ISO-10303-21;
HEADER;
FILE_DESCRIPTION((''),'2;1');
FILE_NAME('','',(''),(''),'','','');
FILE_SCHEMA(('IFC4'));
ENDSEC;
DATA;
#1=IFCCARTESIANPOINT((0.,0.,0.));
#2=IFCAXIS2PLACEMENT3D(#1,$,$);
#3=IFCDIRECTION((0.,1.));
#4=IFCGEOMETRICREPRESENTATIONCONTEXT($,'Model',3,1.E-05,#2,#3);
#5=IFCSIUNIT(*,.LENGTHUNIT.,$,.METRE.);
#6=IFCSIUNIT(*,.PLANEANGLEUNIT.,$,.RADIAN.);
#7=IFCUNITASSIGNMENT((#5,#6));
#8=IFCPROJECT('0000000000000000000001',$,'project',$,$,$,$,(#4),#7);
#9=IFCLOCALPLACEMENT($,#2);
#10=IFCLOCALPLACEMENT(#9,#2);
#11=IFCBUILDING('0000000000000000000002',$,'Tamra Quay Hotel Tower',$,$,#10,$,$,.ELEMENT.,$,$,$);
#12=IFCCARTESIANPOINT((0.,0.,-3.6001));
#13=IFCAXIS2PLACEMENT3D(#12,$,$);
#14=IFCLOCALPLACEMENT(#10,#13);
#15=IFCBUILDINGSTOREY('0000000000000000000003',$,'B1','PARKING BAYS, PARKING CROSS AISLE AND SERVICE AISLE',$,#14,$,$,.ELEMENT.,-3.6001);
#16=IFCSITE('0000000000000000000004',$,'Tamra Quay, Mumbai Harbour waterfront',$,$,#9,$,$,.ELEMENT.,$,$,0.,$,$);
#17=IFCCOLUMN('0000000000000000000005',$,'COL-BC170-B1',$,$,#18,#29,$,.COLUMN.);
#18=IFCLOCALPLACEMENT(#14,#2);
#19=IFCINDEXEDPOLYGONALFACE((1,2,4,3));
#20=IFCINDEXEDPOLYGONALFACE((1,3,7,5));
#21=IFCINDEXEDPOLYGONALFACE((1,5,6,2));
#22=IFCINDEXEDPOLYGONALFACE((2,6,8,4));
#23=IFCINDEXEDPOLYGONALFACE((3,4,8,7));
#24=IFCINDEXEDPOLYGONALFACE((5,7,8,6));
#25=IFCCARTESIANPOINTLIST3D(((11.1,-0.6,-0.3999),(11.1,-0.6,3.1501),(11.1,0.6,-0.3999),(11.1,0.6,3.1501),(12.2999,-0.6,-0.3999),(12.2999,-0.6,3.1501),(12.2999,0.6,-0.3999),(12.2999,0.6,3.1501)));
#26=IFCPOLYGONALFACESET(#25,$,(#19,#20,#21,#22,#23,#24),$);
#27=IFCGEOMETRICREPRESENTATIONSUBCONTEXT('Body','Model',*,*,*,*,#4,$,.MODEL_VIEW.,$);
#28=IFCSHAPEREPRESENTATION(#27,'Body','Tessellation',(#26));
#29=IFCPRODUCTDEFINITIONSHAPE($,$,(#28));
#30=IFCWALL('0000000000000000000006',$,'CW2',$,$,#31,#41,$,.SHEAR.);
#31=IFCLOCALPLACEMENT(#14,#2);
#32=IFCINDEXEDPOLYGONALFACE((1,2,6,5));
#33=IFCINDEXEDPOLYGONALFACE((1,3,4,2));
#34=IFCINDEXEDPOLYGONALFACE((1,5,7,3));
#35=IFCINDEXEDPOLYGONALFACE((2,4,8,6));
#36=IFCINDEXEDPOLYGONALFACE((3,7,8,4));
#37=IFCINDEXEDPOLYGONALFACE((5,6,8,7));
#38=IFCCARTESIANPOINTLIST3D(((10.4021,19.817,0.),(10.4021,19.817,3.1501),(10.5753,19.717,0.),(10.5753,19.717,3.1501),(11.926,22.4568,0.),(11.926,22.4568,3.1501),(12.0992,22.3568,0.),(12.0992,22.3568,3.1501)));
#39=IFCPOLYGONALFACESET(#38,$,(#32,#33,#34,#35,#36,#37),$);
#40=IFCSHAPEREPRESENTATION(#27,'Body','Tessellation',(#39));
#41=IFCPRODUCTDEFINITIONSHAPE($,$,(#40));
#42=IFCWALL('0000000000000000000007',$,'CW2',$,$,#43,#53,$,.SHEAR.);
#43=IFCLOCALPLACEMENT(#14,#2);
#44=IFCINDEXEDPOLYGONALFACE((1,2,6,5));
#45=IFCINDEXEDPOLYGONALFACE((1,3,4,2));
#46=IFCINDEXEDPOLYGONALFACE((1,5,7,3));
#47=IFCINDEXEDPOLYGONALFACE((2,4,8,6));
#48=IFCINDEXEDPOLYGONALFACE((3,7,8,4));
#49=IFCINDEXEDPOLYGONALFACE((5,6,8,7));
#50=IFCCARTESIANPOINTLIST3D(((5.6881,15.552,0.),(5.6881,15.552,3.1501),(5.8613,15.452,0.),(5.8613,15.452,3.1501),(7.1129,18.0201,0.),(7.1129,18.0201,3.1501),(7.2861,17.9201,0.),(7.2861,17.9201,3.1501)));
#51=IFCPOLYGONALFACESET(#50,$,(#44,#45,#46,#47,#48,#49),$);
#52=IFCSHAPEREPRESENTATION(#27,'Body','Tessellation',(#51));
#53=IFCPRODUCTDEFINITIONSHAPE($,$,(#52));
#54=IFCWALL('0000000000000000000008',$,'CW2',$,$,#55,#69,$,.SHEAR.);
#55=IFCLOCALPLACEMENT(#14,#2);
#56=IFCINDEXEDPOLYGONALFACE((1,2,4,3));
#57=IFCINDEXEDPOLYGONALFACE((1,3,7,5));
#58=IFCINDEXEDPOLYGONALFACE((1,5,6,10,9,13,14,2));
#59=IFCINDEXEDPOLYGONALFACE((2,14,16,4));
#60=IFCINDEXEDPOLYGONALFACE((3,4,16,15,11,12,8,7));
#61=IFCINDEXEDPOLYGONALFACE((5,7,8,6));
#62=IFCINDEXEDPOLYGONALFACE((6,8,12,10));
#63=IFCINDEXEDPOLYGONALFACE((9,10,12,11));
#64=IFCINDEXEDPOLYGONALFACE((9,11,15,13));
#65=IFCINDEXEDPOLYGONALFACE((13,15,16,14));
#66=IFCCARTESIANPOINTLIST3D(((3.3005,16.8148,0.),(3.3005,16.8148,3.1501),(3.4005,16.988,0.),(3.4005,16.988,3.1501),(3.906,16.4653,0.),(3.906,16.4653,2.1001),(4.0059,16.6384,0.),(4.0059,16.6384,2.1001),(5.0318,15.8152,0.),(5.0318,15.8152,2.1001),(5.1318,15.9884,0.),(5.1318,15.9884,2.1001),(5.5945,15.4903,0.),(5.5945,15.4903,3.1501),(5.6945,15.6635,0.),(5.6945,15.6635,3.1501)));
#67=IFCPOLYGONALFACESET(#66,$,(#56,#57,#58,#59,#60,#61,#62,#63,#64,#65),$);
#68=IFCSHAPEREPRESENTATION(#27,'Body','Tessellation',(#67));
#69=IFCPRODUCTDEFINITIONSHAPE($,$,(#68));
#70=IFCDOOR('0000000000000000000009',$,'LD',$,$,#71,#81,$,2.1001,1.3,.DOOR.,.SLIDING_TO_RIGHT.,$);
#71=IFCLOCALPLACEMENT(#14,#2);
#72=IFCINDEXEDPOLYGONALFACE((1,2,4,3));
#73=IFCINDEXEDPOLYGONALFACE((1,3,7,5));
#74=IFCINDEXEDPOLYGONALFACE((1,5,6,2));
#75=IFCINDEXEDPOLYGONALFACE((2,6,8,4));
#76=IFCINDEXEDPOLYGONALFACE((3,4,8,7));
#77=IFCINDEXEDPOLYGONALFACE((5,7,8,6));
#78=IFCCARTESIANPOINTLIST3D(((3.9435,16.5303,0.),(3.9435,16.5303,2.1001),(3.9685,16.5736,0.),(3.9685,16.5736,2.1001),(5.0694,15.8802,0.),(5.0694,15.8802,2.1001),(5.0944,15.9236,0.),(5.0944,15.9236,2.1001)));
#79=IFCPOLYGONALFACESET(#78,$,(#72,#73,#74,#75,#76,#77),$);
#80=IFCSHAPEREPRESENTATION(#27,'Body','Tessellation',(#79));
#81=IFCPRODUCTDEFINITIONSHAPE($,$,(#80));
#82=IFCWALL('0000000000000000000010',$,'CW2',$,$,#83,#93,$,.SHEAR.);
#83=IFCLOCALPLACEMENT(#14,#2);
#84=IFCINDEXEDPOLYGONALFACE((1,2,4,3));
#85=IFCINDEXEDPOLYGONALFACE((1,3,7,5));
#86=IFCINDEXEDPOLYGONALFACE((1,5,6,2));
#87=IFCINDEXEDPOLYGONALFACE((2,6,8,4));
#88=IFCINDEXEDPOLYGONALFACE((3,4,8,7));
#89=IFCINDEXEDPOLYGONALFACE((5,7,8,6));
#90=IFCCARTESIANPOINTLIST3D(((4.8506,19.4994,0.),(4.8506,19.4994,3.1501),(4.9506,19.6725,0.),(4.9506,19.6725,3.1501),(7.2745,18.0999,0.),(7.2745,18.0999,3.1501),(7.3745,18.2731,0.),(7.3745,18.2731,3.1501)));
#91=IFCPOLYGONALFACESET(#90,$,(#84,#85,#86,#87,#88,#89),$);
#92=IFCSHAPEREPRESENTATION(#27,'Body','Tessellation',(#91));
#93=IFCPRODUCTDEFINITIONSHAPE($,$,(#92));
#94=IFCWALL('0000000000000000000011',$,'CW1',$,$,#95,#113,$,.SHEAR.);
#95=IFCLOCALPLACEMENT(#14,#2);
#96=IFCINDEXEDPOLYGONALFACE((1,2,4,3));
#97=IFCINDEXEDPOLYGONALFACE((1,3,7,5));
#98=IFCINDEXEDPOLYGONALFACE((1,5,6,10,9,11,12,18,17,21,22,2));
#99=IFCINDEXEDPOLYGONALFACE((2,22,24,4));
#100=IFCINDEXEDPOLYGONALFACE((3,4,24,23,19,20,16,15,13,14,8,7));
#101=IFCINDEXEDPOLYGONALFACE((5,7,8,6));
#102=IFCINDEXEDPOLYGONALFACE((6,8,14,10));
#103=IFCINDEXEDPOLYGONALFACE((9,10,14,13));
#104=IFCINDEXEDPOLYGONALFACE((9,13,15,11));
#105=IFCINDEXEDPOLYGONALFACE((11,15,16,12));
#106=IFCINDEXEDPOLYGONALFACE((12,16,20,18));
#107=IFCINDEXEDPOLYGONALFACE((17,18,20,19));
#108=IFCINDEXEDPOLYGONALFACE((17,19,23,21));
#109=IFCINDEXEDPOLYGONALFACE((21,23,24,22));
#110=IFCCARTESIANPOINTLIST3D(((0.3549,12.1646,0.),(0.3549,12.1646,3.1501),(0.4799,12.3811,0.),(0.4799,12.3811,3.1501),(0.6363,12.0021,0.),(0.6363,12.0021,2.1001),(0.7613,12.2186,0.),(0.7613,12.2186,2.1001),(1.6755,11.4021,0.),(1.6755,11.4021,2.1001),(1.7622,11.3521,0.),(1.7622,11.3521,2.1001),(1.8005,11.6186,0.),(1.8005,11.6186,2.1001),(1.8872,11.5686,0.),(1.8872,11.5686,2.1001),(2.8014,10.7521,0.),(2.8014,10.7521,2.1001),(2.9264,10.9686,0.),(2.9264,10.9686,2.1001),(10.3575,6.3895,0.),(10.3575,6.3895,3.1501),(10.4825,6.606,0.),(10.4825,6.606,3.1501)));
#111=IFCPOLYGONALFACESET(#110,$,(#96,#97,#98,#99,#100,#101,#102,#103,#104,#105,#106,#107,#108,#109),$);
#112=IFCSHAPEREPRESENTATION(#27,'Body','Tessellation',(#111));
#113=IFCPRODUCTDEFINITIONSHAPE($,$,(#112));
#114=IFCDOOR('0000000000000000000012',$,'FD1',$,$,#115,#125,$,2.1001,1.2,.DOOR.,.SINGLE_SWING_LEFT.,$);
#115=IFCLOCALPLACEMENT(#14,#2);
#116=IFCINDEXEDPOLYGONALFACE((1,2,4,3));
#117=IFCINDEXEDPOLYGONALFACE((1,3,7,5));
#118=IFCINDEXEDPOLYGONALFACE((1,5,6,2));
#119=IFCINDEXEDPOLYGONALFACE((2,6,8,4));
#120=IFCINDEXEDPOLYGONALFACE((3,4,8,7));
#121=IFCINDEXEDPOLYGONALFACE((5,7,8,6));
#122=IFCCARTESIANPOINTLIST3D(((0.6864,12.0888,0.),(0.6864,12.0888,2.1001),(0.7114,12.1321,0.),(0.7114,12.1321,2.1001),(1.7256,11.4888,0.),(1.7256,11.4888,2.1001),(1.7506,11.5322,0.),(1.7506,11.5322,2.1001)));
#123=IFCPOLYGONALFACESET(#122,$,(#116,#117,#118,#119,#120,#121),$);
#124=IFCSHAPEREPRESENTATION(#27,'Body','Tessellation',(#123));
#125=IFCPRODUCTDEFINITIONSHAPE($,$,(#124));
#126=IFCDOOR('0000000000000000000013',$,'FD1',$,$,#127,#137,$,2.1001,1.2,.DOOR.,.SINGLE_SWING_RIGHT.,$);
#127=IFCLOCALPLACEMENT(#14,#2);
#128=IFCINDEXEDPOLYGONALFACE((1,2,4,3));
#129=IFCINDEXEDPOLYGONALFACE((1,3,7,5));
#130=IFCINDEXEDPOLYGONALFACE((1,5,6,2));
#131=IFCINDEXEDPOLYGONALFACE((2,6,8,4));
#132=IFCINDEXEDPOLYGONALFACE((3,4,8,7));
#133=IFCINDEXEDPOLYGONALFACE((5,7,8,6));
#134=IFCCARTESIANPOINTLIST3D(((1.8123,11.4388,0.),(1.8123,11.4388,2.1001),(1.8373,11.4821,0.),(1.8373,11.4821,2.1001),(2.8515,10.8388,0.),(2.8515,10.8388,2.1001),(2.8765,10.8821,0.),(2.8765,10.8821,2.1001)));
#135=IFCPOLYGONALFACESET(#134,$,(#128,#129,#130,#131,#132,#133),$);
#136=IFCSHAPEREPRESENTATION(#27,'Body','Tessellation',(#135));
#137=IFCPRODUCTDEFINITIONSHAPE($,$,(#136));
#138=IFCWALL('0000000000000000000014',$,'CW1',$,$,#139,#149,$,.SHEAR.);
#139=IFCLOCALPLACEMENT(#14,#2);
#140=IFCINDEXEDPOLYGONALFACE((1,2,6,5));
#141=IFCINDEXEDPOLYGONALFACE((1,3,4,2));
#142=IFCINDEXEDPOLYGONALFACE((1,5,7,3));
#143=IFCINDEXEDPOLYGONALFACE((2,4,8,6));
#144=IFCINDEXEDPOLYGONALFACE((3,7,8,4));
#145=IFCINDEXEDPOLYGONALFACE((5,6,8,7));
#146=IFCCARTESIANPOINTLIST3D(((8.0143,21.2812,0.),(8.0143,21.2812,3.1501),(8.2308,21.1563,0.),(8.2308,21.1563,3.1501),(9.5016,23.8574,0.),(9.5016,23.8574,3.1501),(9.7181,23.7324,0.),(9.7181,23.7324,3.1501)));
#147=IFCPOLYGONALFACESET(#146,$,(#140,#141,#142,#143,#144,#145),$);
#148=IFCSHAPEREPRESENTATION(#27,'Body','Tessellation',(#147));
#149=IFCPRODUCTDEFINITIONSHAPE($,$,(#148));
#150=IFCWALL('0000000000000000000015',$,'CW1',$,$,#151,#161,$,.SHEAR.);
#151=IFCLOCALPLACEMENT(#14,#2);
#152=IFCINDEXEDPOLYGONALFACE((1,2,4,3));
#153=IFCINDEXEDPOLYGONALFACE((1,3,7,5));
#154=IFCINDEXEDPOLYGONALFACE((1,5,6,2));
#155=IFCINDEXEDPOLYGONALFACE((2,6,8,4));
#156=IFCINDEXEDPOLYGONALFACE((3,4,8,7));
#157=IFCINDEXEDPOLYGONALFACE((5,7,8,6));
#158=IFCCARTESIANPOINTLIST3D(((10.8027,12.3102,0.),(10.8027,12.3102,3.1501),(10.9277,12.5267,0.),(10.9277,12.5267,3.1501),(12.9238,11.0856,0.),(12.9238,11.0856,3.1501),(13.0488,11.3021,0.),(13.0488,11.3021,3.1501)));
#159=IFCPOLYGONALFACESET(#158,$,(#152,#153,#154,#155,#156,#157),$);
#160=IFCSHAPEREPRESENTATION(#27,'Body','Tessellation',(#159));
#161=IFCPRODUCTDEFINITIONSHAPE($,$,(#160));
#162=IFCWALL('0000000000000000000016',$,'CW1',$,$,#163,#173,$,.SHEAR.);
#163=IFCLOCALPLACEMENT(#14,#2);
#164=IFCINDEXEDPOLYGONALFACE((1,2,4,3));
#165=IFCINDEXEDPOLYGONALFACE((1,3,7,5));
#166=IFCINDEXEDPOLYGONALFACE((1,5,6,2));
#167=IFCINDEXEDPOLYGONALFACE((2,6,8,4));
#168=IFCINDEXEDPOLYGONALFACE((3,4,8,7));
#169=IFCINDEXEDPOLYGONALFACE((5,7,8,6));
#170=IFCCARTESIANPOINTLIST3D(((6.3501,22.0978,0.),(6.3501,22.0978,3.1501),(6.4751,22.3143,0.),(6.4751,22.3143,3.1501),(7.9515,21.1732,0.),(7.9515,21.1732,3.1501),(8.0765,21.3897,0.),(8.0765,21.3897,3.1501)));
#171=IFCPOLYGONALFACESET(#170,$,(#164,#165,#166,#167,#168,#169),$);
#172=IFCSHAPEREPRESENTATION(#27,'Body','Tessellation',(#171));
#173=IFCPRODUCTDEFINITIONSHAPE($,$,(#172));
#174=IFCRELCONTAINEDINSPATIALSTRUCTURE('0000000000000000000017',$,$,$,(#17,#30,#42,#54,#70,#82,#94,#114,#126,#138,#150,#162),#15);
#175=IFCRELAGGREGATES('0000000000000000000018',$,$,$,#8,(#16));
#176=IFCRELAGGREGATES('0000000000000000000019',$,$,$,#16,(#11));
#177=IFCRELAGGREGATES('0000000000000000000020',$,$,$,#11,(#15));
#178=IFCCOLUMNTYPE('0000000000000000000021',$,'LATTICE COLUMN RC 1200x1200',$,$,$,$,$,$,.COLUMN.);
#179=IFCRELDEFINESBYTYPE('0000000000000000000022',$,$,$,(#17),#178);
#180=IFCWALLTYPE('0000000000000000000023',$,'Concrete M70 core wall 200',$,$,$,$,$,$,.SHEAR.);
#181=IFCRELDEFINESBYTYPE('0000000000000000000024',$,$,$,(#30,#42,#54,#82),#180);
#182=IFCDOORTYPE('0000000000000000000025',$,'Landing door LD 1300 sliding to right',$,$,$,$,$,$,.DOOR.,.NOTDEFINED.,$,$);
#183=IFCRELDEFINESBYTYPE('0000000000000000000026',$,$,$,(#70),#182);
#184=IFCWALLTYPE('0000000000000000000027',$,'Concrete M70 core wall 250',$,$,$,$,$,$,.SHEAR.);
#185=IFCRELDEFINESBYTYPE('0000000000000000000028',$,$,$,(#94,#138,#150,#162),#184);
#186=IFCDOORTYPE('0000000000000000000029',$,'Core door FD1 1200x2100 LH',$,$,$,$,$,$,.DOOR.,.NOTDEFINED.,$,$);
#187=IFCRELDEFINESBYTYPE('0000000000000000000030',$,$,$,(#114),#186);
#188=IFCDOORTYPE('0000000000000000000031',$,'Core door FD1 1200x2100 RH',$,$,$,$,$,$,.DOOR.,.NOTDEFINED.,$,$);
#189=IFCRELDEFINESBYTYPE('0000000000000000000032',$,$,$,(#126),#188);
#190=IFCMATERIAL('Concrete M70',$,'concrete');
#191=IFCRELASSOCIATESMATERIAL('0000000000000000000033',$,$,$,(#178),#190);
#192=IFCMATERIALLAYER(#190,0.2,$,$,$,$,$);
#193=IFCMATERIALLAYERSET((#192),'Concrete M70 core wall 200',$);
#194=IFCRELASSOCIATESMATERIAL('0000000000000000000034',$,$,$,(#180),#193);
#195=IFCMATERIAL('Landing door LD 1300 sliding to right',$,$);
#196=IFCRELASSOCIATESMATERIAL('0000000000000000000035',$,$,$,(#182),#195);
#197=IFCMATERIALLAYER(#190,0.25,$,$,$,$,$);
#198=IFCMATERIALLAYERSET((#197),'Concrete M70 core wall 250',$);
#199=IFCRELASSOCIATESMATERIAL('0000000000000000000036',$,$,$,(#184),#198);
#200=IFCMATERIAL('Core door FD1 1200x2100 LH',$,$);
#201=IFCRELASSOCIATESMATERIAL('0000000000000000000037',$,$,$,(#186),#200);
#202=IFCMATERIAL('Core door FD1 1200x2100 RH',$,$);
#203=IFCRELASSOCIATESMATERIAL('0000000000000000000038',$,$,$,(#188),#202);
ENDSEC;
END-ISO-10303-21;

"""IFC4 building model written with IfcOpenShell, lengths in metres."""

from ifc_helpers import new_model, si_unit, direction, frame, frame_2d, origin, origin_2d, place, context, subcontext, project, spatial, rectangle, extrude, material, layer, layer_set, material_profile, profile_set, type_object, element, fill, save


model = new_model("IFC4")

# Units and contexts
model_context = context("Model", 3, precision=1e-05, world=origin(), true_north=direction((0.0, 1.0)))
body_context = subcontext(model_context, "Body", "Model", "MODEL_VIEW")
ifc_project = project(units=[si_unit("LENGTHUNIT", "METRE"), si_unit("PLANEANGLEUNIT", "RADIAN")], contexts=[model_context])

# Site, building, storey
site_placement = place(None, origin())
site = spatial("IfcSite", under=ifc_project, at=site_placement, Name="Tamra Quay, Mumbai Harbour waterfront", CompositionType="ELEMENT", RefElevation=0.0)
building_placement = place(site_placement, origin())
building = spatial("IfcBuilding", under=site, at=building_placement, Name="Tamra Quay Hotel Tower", CompositionType="ELEMENT")
storey_placement = place(building_placement, frame((0.0, 0.0, -3.6001)))
storey = spatial("IfcBuildingStorey", under=building, at=storey_placement, Name="B1", Description="PARKING BAYS, PARKING CROSS AISLE AND SERVICE AISLE", CompositionType="ELEMENT", Elevation=-3.6001)

# Column
ifc_material_1 = material(Name="Concrete M70", Category="concrete")
ifc_material_profile = material_profile(ifc_material_1, rectangle(XDim=1.2, YDim=1.2, at=origin_2d()), Name="LATTICE COLUMN RC 1200x1200")
ifc_profile_set = profile_set([ifc_material_profile], Name="Concrete M70")
column_type = type_object("IfcColumnType", Name="LATTICE COLUMN RC 1200x1200", PredefinedType="COLUMN", material=ifc_profile_set)
column_placement = place(storey_placement, frame((11.7, 0.0, -0.3999), z_axis=(0.0, 0.0, 1.0), x_axis=(1.0, 0.0, 0.0)))
element("IfcColumn", 1, at=column_placement, inside=storey, type_object=column_type, Name="COL-BC170-B1", PredefinedType="COLUMN", context=body_context, shape_type="SweptSolid", body=[
    extrude(rectangle(XDim=1.2, YDim=1.2, at=origin_2d()), origin(), (0.0, 0.0, 1.0), 3.55),
])

# Walls
ifc_layer_1 = layer(ifc_material_1, 0.2)
ifc_layer_set_1 = layer_set([ifc_layer_1], Name="Concrete M70 core wall 200")
wall_type_1 = type_object("IfcWallType", Name="Concrete M70 core wall 200", PredefinedType="SHEAR", material=ifc_layer_set_1)
wall_1_placement = place(storey_placement, frame((10.4888, 19.7671, 0.0), z_axis=(0.0, 0.0, 1.0), x_axis=(0.499947, 0.866056, 0.0)))
element("IfcWall", 2, at=wall_1_placement, inside=storey, type_object=wall_type_1, Name="CW2", PredefinedType="SHEAR", context=body_context, shape_type="SweptSolid", body=[
    extrude(rectangle(XDim=3.0481, YDim=0.2, at=frame_2d((1.5239, 0.0))), origin(), (0.0, 0.0, 1.0), 3.1501),
])
wall_2_placement = place(storey_placement, frame((7.1995, 17.97, 0.0), z_axis=(0.0, 0.0, 1.0), x_axis=(-0.499972, -0.866041, 0.0)))
element("IfcWall", 3, at=wall_2_placement, inside=storey, type_object=wall_type_1, Name="CW2", PredefinedType="SHEAR", context=body_context, shape_type="SweptSolid", body=[
    extrude(rectangle(XDim=2.8499, YDim=0.2, at=frame_2d((1.4248, 0.0))), origin(), (0.0, 0.0, 1.0), 3.1501),
])

# Wall, opening, door
wall_3_placement = place(storey_placement, frame((5.6445, 15.5769, 0.0), z_axis=(0.0, 0.0, 1.0), x_axis=(-0.866017, 0.500015, 0.0)))
wall_3 = element("IfcWall", 4, at=wall_3_placement, inside=storey, type_object=wall_type_1, Name="CW2", PredefinedType="SHEAR", context=body_context, shape_type="SweptSolid", body=[
    extrude(rectangle(XDim=2.6489, YDim=0.2, at=frame_2d((1.3245, 0.0))), origin(), (0.0, 0.0, 1.0), 3.1501),
])
opening_1_placement = place(wall_3_placement, frame((0.6499, 0.0, 0.0)))
opening_1 = element("IfcOpeningElement", 5, at=opening_1_placement, cuts=wall_3, PredefinedType="OPENING", context=body_context, shape_type="SweptSolid", body=[
    extrude(rectangle(XDim=1.3, YDim=2.1001, at=frame_2d((0.6499, 1.05))), frame((0.0, 0.1099, 0.0), z_axis=(0.0, -1.0, 0.0), x_axis=(1.0, 0.0, 0.0)), (0.0, 0.0, 1.0), 0.22),
])
ifc_material_2 = material(Name="Landing door LD 1300 sliding to right")
door_type_1 = type_object("IfcDoorType", Name="Landing door LD 1300 sliding to right", OperationType="NOTDEFINED", PredefinedType="DOOR", material=ifc_material_2)
door_1_placement = place(opening_1_placement, origin())
door_1 = element("IfcDoor", 6, at=door_1_placement, inside=storey, type_object=door_type_1, Name="LD", OperationType="SLIDING_TO_RIGHT", OverallHeight=2.1001, OverallWidth=1.3, PredefinedType="DOOR", context=body_context, shape_type="SweptSolid", body=[
    extrude(rectangle(XDim=1.3, YDim=2.1001, at=frame_2d((0.6499, 1.05))), frame((0.0, 0.0249, 0.0), z_axis=(0.0, -1.0, 0.0), x_axis=(1.0, 0.0, 0.0)), (0.0, 0.0, 1.0), 0.05),
])
fill(opening_1, door_1)

# Wall
wall_4_placement = place(storey_placement, frame((4.9006, 19.5859, 0.0), z_axis=(0.0, 0.0, 1.0), x_axis=(0.866023, -0.500004, 0.0)))
element("IfcWall", 7, at=wall_4_placement, inside=storey, type_object=wall_type_1, Name="CW2", PredefinedType="SHEAR", context=body_context, shape_type="SweptSolid", body=[
    extrude(rectangle(XDim=2.7988, YDim=0.2, at=frame_2d((1.3994, 0.0))), origin(), (0.0, 0.0, 1.0), 3.1501),
])

# Wall, openings, doors
ifc_layer_2 = layer(ifc_material_1, 0.25)
ifc_layer_set_2 = layer_set([ifc_layer_2], Name="Concrete M70 core wall 250")
wall_type_2 = type_object("IfcWallType", Name="Concrete M70 core wall 250", PredefinedType="SHEAR", material=ifc_layer_set_2)
wall_5_placement = place(storey_placement, frame((10.4199, 6.4978, 0.0), z_axis=(0.0, 0.0, 1.0), x_axis=(-0.866022, 0.500006, 0.0)))
wall_5 = element("IfcWall", 8, at=wall_5_placement, inside=storey, type_object=wall_type_2, Name="CW1", PredefinedType="SHEAR", context=body_context, shape_type="SweptSolid", body=[
    extrude(rectangle(XDim=11.55, YDim=0.25, at=frame_2d((5.7749, 0.0))), origin(), (0.0, 0.0, 1.0), 3.1501),
])
opening_2_placement = place(wall_5_placement, frame((10.0249, 0.0, 0.0)))
opening_2 = element("IfcOpeningElement", 9, at=opening_2_placement, cuts=wall_5, PredefinedType="OPENING", context=body_context, shape_type="SweptSolid", body=[
    extrude(rectangle(XDim=1.2, YDim=2.1001, at=frame_2d((0.6001, 1.05))), frame((0.0, 0.135, 0.0), z_axis=(0.0, -1.0, 0.0), x_axis=(1.0, 0.0, 0.0)), (0.0, 0.0, 1.0), 0.27),
])
opening_3_placement = place(wall_5_placement, frame((8.7249, 0.0, 0.0)))
opening_3 = element("IfcOpeningElement", 10, at=opening_3_placement, cuts=wall_5, PredefinedType="OPENING", context=body_context, shape_type="SweptSolid", body=[
    extrude(rectangle(XDim=1.2, YDim=2.1001, at=frame_2d((0.6001, 1.05))), frame((0.0, 0.135, 0.0), z_axis=(0.0, -1.0, 0.0), x_axis=(1.0, 0.0, 0.0)), (0.0, 0.0, 1.0), 0.27),
])
ifc_material_3 = material(Name="Core door FD1 1200x2100 LH")
door_type_2 = type_object("IfcDoorType", Name="Core door FD1 1200x2100 LH", OperationType="NOTDEFINED", PredefinedType="DOOR", material=ifc_material_3)
door_2_placement = place(opening_2_placement, origin())
door_2 = element("IfcDoor", 11, at=door_2_placement, inside=storey, type_object=door_type_2, Name="FD1", OperationType="SINGLE_SWING_LEFT", OverallHeight=2.1001, OverallWidth=1.2, PredefinedType="DOOR", context=body_context, shape_type="SweptSolid", body=[
    extrude(rectangle(XDim=1.2, YDim=2.1001, at=frame_2d((0.6001, 1.05))), frame((0.0, 0.0249, 0.0), z_axis=(0.0, -1.0, 0.0), x_axis=(1.0, 0.0, 0.0)), (0.0, 0.0, 1.0), 0.05),
])
fill(opening_2, door_2)
ifc_material_4 = material(Name="Core door FD1 1200x2100 RH")
door_type_3 = type_object("IfcDoorType", Name="Core door FD1 1200x2100 RH", OperationType="NOTDEFINED", PredefinedType="DOOR", material=ifc_material_4)
door_3_placement = place(opening_3_placement, origin())
door_3 = element("IfcDoor", 12, at=door_3_placement, inside=storey, type_object=door_type_3, Name="FD1", OperationType="SINGLE_SWING_RIGHT", OverallHeight=2.1001, OverallWidth=1.2, PredefinedType="DOOR", context=body_context, shape_type="SweptSolid", body=[
    extrude(rectangle(XDim=1.2, YDim=2.1001, at=frame_2d((0.6001, 1.05))), frame((0.0, 0.0249, 0.0), z_axis=(0.0, -1.0, 0.0), x_axis=(1.0, 0.0, 0.0)), (0.0, 0.0, 1.0), 0.05),
])
fill(opening_3, door_3)

# Walls
wall_6_placement = place(storey_placement, frame((8.1226, 21.2188, 0.0), z_axis=(0.0, 0.0, 1.0), x_axis=(0.499988, 0.866033, 0.0)))
element("IfcWall", 13, at=wall_6_placement, inside=storey, type_object=wall_type_2, Name="CW1", PredefinedType="SHEAR", context=body_context, shape_type="SweptSolid", body=[
    extrude(rectangle(XDim=2.9746, YDim=0.25, at=frame_2d((1.4873, 0.0))), origin(), (0.0, 0.0, 1.0), 3.1501),
])
wall_7_placement = place(storey_placement, frame((10.8652, 12.4185, 0.0), z_axis=(0.0, 0.0, 1.0), x_axis=(0.866026, -0.499999, 0.0)))
element("IfcWall", 14, at=wall_7_placement, inside=storey, type_object=wall_type_2, Name="CW1", PredefinedType="SHEAR", context=body_context, shape_type="SweptSolid", body=[
    extrude(rectangle(XDim=2.4492, YDim=0.25, at=frame_2d((1.2246, 0.0))), origin(), (0.0, 0.0, 1.0), 3.1501),
])
wall_8_placement = place(storey_placement, frame((6.4126, 22.2061, 0.0), z_axis=(0.0, 0.0, 1.0), x_axis=(0.866016, -0.500016, 0.0)))
element("IfcWall", 15, at=wall_8_placement, inside=storey, type_object=wall_type_2, Name="CW1", PredefinedType="SHEAR", context=body_context, shape_type="SweptSolid", body=[
    extrude(rectangle(XDim=1.8491, YDim=0.25, at=frame_2d((0.9246, 0.0))), origin(), (0.0, 0.0, 1.0), 3.1501),
])

save(model, "model.ifc")
